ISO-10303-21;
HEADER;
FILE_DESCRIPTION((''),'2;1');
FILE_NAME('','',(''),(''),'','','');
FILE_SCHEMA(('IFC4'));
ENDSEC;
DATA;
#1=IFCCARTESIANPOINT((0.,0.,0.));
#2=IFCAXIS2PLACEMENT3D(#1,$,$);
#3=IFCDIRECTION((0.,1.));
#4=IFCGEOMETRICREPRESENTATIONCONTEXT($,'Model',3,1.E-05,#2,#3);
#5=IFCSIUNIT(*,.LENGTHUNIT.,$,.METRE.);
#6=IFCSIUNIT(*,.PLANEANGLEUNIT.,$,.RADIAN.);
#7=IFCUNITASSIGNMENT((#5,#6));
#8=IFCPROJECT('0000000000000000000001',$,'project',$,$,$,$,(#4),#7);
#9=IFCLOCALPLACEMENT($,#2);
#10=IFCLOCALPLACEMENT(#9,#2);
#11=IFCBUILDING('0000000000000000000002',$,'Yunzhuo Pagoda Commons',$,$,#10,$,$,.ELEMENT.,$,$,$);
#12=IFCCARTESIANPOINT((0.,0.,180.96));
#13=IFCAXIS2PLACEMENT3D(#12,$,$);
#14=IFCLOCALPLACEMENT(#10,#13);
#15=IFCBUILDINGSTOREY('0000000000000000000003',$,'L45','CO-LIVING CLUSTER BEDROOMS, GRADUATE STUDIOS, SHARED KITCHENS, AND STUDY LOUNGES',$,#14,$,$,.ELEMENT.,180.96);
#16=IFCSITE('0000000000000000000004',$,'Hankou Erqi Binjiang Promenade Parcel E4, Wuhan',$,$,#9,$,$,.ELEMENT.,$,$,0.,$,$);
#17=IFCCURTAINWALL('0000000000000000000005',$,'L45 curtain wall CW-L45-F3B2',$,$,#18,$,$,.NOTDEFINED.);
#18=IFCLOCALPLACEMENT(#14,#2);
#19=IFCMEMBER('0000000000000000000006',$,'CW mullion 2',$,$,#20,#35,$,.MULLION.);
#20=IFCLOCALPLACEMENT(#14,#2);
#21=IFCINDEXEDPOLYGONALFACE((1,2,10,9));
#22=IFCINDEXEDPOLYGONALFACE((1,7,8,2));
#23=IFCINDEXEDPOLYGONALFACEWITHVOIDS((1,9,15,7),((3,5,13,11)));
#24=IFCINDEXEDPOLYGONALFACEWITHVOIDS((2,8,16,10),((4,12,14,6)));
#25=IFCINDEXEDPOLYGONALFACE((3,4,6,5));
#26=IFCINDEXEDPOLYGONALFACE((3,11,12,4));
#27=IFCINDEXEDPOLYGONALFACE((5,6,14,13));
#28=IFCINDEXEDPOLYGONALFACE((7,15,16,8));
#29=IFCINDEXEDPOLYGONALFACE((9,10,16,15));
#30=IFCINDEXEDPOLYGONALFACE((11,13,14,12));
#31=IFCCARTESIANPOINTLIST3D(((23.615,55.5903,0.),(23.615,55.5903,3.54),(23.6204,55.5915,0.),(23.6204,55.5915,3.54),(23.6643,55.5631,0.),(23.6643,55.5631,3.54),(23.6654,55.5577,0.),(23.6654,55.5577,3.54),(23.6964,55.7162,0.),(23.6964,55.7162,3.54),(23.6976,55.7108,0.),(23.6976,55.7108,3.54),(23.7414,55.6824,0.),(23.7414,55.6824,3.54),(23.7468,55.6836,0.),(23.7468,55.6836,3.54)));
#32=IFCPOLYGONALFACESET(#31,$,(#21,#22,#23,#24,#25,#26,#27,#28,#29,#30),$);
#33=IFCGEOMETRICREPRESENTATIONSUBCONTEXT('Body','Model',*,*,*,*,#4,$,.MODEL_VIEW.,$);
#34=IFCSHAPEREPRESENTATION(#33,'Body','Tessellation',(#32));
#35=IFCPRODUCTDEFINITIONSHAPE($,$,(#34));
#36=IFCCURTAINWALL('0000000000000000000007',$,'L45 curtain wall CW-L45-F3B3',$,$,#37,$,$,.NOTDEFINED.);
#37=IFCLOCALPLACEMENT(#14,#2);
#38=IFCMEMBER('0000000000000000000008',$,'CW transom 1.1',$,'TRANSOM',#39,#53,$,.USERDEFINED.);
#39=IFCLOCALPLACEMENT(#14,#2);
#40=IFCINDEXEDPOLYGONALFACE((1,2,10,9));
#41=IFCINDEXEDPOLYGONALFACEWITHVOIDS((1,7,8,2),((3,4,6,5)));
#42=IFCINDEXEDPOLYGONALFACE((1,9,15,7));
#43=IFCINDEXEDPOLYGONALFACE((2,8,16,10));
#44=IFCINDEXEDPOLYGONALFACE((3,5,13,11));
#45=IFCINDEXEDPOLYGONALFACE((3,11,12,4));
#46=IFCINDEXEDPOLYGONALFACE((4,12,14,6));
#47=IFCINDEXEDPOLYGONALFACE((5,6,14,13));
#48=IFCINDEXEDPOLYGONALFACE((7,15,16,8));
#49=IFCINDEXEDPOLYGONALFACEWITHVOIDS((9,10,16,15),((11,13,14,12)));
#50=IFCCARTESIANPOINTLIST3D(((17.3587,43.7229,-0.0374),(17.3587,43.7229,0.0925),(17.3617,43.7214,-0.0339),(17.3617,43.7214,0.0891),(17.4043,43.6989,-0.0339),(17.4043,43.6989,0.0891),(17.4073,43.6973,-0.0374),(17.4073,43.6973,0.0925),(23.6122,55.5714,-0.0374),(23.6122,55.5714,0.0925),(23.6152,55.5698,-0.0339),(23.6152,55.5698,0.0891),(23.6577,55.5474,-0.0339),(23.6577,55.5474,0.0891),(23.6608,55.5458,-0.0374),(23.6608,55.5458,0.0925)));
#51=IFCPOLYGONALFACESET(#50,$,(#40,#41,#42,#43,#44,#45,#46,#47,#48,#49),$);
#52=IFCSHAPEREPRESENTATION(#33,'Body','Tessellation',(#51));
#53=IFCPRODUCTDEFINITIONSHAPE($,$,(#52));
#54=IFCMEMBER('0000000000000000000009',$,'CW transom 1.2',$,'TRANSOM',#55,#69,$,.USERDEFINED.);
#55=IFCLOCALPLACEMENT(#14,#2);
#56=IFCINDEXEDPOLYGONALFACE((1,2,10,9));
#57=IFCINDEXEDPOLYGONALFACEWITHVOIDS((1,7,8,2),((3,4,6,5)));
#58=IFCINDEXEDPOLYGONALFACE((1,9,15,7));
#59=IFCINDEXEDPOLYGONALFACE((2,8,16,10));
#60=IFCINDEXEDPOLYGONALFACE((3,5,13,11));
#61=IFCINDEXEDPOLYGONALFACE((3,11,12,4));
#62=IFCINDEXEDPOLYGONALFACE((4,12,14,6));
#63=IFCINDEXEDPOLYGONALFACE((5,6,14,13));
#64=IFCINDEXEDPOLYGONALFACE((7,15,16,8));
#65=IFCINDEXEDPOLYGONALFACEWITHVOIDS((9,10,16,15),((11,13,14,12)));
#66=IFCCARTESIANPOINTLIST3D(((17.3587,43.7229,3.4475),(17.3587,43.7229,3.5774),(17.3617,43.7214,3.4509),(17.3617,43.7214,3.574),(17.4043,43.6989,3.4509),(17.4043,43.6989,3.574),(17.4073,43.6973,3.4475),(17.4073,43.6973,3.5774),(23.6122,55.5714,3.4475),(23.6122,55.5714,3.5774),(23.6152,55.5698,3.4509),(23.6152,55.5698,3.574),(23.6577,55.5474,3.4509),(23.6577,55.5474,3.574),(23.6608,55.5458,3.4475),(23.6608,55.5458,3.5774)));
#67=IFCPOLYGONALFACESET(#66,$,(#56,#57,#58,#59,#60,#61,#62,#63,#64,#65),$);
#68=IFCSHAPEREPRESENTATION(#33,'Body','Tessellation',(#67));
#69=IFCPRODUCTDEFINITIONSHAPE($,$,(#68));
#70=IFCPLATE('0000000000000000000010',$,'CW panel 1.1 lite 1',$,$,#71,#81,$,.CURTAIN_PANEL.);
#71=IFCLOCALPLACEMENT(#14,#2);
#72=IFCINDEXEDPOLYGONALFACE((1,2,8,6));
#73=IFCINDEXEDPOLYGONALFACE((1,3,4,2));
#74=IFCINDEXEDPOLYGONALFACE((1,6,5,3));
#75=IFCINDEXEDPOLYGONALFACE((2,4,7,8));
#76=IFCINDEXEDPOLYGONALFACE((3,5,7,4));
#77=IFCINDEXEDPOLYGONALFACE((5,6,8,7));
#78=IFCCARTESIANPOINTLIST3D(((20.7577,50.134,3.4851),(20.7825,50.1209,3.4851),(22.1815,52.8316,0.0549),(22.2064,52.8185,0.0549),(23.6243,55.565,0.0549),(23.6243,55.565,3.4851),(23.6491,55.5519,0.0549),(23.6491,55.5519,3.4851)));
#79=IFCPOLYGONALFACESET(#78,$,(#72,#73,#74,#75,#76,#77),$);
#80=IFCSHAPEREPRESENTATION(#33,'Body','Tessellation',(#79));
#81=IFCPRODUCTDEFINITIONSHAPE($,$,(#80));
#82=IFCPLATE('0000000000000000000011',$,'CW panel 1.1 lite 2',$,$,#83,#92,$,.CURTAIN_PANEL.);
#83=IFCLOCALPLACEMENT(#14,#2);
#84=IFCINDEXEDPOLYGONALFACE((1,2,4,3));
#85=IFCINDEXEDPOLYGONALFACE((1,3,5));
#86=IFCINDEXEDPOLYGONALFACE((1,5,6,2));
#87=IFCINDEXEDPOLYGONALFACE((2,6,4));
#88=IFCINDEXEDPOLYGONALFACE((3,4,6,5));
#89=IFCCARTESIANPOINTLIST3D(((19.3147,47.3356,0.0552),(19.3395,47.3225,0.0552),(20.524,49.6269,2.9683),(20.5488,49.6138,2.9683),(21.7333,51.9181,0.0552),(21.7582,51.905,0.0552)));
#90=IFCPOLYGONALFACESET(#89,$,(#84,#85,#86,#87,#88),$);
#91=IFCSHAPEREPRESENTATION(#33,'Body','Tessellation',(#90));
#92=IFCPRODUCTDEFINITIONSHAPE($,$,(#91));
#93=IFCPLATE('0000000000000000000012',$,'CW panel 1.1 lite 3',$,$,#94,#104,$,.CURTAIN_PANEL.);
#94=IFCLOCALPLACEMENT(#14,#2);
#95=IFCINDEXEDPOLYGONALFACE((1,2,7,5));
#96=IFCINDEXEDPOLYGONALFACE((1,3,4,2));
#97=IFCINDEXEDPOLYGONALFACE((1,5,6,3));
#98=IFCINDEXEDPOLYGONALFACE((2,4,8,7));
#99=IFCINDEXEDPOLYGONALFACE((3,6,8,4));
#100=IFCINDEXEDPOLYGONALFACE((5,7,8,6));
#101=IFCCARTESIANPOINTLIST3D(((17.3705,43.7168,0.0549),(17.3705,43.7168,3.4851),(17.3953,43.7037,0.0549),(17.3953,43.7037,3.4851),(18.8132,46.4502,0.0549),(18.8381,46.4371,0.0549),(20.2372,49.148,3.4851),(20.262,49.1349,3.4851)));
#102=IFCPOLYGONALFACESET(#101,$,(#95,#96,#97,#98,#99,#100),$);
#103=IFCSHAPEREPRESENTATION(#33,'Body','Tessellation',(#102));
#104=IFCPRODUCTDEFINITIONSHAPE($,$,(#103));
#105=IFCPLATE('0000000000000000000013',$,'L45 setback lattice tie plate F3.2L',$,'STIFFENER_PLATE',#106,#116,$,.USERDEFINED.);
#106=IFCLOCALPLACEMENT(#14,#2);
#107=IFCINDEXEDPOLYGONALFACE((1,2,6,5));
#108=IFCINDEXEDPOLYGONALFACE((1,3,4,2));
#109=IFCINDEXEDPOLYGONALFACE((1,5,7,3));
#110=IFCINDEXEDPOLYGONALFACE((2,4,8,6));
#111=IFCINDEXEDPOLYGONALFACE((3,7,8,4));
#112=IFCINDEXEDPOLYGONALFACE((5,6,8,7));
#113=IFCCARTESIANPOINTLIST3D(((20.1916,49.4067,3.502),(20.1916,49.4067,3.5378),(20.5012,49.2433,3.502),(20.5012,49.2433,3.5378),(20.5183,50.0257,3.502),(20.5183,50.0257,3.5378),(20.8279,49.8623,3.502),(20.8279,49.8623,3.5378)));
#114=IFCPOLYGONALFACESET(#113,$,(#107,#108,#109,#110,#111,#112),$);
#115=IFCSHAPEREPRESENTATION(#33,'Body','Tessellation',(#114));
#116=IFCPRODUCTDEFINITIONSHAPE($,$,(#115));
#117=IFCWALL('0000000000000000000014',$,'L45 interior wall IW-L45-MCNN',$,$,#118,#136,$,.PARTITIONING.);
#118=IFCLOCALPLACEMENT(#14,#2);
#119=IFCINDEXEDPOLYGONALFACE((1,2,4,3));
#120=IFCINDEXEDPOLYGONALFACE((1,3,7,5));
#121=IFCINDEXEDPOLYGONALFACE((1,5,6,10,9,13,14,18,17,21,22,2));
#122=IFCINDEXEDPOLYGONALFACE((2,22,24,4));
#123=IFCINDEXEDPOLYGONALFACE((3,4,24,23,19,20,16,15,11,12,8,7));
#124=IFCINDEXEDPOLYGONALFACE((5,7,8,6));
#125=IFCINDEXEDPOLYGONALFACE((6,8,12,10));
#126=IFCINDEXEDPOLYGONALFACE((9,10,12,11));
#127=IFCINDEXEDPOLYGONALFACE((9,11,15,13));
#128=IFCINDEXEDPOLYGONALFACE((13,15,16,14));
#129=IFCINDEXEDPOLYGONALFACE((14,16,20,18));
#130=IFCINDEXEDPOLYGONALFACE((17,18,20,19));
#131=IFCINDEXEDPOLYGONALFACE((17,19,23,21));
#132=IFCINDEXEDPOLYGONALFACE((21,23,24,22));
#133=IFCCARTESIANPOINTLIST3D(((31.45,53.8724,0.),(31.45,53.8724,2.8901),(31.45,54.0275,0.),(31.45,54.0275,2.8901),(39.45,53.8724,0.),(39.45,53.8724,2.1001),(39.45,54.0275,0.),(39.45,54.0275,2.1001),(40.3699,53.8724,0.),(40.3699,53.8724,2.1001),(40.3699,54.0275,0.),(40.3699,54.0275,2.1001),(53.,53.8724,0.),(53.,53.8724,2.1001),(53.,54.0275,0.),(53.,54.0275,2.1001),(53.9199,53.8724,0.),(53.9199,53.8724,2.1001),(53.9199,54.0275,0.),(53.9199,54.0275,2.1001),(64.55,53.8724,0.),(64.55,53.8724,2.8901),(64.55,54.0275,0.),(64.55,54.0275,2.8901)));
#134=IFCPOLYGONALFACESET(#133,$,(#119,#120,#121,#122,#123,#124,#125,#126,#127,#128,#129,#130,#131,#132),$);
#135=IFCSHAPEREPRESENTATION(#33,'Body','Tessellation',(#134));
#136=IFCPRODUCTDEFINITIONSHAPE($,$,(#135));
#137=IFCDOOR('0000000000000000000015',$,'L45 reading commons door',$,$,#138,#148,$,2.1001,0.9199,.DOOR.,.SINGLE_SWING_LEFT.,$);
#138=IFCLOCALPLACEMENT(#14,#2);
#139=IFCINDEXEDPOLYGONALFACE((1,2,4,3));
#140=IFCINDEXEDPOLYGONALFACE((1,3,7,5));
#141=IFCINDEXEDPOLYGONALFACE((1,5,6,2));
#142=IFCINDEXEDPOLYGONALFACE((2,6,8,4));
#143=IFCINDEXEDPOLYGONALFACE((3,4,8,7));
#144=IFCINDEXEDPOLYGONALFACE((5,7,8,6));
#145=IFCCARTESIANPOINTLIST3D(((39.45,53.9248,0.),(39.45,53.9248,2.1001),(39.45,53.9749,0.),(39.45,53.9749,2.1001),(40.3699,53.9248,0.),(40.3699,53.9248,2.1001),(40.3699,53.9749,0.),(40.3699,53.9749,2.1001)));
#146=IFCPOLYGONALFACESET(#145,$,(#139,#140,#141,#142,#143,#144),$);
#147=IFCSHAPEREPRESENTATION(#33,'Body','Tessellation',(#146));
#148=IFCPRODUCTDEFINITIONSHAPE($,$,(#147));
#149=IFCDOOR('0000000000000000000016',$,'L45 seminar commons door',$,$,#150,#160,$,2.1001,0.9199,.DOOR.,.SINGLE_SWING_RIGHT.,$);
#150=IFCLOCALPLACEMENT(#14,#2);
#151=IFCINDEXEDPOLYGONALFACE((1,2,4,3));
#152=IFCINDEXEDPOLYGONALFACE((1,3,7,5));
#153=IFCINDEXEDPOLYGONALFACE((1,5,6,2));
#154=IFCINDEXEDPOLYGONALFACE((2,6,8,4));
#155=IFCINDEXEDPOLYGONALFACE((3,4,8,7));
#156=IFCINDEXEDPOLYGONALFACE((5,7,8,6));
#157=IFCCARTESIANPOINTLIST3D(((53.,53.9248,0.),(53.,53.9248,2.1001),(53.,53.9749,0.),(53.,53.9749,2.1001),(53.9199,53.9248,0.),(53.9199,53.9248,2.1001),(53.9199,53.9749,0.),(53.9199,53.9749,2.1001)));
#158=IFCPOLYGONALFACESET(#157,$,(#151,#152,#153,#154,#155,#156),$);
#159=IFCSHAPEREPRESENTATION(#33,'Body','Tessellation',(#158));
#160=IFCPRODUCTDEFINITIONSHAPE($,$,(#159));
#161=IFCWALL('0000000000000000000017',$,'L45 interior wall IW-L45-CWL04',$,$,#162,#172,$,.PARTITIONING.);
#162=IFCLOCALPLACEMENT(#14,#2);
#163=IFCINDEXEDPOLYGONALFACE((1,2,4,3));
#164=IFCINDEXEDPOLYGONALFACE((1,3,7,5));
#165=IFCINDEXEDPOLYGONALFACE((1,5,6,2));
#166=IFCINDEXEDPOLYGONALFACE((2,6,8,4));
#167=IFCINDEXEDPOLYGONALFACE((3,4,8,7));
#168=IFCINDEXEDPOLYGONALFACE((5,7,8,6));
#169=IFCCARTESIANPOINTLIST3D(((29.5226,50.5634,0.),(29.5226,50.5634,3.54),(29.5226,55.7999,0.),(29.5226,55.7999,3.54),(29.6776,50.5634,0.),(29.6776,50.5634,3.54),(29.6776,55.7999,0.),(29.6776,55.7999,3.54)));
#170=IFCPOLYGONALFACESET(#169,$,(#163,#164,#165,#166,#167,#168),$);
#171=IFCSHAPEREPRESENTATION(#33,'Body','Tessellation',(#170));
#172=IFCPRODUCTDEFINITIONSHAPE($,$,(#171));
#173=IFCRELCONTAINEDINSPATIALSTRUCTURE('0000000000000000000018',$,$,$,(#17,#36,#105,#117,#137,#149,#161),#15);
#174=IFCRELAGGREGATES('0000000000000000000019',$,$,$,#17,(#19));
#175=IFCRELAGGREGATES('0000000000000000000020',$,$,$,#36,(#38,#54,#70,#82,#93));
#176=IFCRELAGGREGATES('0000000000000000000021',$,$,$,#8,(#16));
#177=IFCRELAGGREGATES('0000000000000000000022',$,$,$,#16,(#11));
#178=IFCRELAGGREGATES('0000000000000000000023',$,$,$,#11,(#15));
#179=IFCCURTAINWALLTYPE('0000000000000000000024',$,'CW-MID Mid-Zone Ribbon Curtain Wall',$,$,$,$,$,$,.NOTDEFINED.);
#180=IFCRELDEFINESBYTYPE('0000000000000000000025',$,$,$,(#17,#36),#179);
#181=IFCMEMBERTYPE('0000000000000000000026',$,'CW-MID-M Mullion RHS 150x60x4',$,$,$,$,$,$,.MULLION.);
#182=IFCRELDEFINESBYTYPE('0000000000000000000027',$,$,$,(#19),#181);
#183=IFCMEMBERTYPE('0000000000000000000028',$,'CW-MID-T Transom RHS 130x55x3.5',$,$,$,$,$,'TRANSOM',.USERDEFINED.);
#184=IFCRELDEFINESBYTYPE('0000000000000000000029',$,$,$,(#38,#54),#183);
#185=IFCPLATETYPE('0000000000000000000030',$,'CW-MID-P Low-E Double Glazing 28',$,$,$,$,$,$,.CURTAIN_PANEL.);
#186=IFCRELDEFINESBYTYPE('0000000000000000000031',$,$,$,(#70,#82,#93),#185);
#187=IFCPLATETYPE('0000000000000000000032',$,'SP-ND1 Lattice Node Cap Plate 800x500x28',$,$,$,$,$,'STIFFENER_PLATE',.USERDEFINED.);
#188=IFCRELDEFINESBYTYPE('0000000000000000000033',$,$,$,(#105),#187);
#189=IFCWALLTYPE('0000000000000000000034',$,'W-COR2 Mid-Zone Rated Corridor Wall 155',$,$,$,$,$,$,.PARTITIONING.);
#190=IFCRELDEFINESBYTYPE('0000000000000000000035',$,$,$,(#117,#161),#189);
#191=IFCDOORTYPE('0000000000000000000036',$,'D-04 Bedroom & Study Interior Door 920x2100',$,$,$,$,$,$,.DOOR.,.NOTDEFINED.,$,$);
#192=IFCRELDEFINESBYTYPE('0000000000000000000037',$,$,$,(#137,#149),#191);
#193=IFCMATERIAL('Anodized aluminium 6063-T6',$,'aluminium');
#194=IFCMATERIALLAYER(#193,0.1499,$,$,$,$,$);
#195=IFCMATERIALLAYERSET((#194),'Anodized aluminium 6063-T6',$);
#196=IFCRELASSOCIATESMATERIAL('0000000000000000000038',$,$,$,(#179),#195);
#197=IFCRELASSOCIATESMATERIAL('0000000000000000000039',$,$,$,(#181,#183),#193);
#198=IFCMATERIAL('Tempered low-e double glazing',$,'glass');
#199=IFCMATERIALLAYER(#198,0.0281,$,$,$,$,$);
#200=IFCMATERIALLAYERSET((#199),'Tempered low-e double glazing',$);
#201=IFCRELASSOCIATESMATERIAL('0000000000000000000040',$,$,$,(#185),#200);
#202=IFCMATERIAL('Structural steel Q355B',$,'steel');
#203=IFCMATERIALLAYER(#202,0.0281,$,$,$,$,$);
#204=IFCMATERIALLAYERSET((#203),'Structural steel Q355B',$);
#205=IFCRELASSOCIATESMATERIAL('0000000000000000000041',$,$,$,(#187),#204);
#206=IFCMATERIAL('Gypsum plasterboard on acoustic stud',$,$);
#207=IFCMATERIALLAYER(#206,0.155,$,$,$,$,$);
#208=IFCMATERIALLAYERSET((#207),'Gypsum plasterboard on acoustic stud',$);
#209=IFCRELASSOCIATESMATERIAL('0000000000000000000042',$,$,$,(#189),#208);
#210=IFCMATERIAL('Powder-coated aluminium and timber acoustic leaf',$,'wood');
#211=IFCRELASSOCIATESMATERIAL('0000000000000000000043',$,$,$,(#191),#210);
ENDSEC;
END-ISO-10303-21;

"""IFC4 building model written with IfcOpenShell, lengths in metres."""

from ifc_helpers import new_model, si_unit, direction, frame, frame_2d, origin, origin_with_axes, origin_2d, place, context, subcontext, project, spatial, polyline, rectangle, hollow_rectangle, outline, extrude, source, transform, mapped, material, layer, layer_set, material_profile, profile_set, type_object, element, fill, aggregate, save


model = new_model("IFC4")

# Units and contexts
model_context = context("Model", 3, precision=1e-05, world=origin(), true_north=direction((0.0, 1.0)))
body_context = subcontext(model_context, "Body", "Model", "MODEL_VIEW")
ifc_project = project(units=[si_unit("LENGTHUNIT", "METRE"), si_unit("PLANEANGLEUNIT", "RADIAN")], contexts=[model_context])

# Site, building, storey
site_placement = place(None, origin())
site = spatial("IfcSite", under=ifc_project, at=site_placement, Name="Hankou Erqi Binjiang Promenade Parcel E4, Wuhan", CompositionType="ELEMENT", RefElevation=0.0)
building_placement = place(site_placement, origin())
building = spatial("IfcBuilding", under=site, at=building_placement, Name="Yunzhuo Pagoda Commons", CompositionType="ELEMENT")
storey_placement = place(building_placement, frame((0.0, 0.0, 180.96)))
storey = spatial("IfcBuildingStorey", under=building, at=storey_placement, Name="L45", Description="CO-LIVING CLUSTER BEDROOMS, GRADUATE STUDIOS, SHARED KITCHENS, AND STUDY LOUNGES", CompositionType="ELEMENT", Elevation=180.96)

# Shared definitions
ifc_material_1 = material(Name="Structural steel Q355B", Category="steel")

# Curtain wall, member
ifc_material_2 = material(Name="Anodized aluminium 6063-T6", Category="aluminium")
ifc_layer_1 = layer(ifc_material_2, 0.1499)
ifc_layer_set_1 = layer_set([ifc_layer_1], Name="Anodized aluminium 6063-T6")
curtain_wall_type = type_object("IfcCurtainWallType", Name="CW-MID Mid-Zone Ribbon Curtain Wall", PredefinedType="NOTDEFINED", material=ifc_layer_set_1)
curtain_wall_1_placement = place(storey_placement, origin())
curtain_wall_1 = element("IfcCurtainWall", 1, at=curtain_wall_1_placement, inside=storey, type_object=curtain_wall_type, Name="L45 curtain wall CW-L45-F3B2", PredefinedType="NOTDEFINED")
ifc_material_profile_1 = material_profile(ifc_material_2, hollow_rectangle(XDim=0.0601, YDim=0.1499, WallThickness=0.0039, at=origin_2d()), Name="Anodized aluminium 6063-T6")
ifc_profile_set_1 = profile_set([ifc_material_profile_1], Name="Anodized aluminium 6063-T6")
member_type_1 = type_object("IfcMemberType", Name="CW-MID-M Mullion RHS 150x60x4", PredefinedType="MULLION", material=ifc_profile_set_1)
shared_shape_1 = source(origin(), body_context, "Body", "SweptSolid", [
    extrude(hollow_rectangle(XDim=0.0601, YDim=0.1499, WallThickness=0.0039, at=origin_2d()), origin(), (0.0, 0.0, 1.0), 3.54),
])
member_1_placement = place(storey_placement, frame((23.6809, 55.637, 0.0), z_axis=(0.0, 0.0, 1.0), x_axis=(0.839627, -0.543164, 0.0)))
member_1 = element("IfcMember", 2, at=member_1_placement, type_object=member_type_1, Name="CW mullion 2", PredefinedType="MULLION", context=body_context, shape_type="MappedRepresentation", body=[
    mapped(shared_shape_1, transform((0.0, 0.0, 0.0), scale=1.0)),
])
aggregate(curtain_wall_1, [member_1])

# Curtain wall, members, plates
curtain_wall_2_placement = place(storey_placement, origin())
curtain_wall_2 = element("IfcCurtainWall", 3, at=curtain_wall_2_placement, inside=storey, type_object=curtain_wall_type, Name="L45 curtain wall CW-L45-F3B3", PredefinedType="NOTDEFINED")
ifc_material_profile_2 = material_profile(ifc_material_2, hollow_rectangle(XDim=0.0549, YDim=0.1299, WallThickness=0.0034, at=origin_2d()), Name="Anodized aluminium 6063-T6")
ifc_profile_set_2 = profile_set([ifc_material_profile_2], Name="Anodized aluminium 6063-T6")
member_type_2 = type_object("IfcMemberType", Name="CW-MID-T Transom RHS 130x55x3.5", ElementType="TRANSOM", PredefinedType="USERDEFINED", material=ifc_profile_set_2)
shared_shape_2 = source(origin(), body_context, "Body", "SweptSolid", [
    extrude(hollow_rectangle(XDim=0.0549, YDim=0.1299, WallThickness=0.0034, at=origin_2d()), origin(), (0.0, 0.0, 1.0), 13.3975),
])
member_2_placement = place(storey_placement, frame((23.6365, 55.5586, 0.0276), z_axis=(-0.466765, -0.884382, 0.0), x_axis=(0.884382, -0.466765, 0.0)))
member_2 = element("IfcMember", 4, at=member_2_placement, type_object=member_type_2, Name="CW transom 1.1", ObjectType="TRANSOM", PredefinedType="USERDEFINED", context=body_context, shape_type="MappedRepresentation", body=[
    mapped(shared_shape_2, transform((0.0, 0.0, 0.0), scale=1.0)),
])
member_3_placement = place(storey_placement, frame((23.6365, 55.5586, 3.5125), z_axis=(-0.466765, -0.884382, 0.0), x_axis=(0.884382, -0.466765, 0.0)))
member_3 = element("IfcMember", 5, at=member_3_placement, type_object=member_type_2, Name="CW transom 1.2", ObjectType="TRANSOM", PredefinedType="USERDEFINED", context=body_context, shape_type="MappedRepresentation", body=[
    mapped(shared_shape_2, transform((0.0, 0.0, 0.0), scale=1.0)),
])
ifc_material_3 = material(Name="Tempered low-e double glazing", Category="glass")
ifc_layer_2 = layer(ifc_material_3, 0.0281)
ifc_layer_set_2 = layer_set([ifc_layer_2], Name="Tempered low-e double glazing")
plate_type_1 = type_object("IfcPlateType", Name="CW-MID-P Low-E Double Glazing 28", PredefinedType="CURTAIN_PANEL", material=ifc_layer_set_2)
plate_1_placement = place(storey_placement, frame((22.2158, 52.8364, 1.77), z_axis=(-0.884373, 0.466781, 0.0), x_axis=(-0.466781, -0.884373, 0.0)))
plate_1 = element("IfcPlate", 6, at=plate_1_placement, type_object=plate_type_1, Name="CW panel 1.1 lite 1", PredefinedType="CURTAIN_PANEL", context=body_context, shape_type="SweptSolid", body=[
    extrude(outline(polyline([(-3.0706, -1.7151), (0.0203, -1.7151), (3.0706, 1.7151), (-3.0706, 1.7151), (-3.0706, -1.7151)])), origin(), (0.0, 0.0, 1.0), 0.0281),
])
plate_2_placement = place(storey_placement, frame((20.5488, 49.6138, 1.5117), z_axis=(-0.884373, 0.466781, 0.0), x_axis=(-0.466781, -0.884373, 0.0)))
plate_2 = element("IfcPlate", 7, at=plate_2_placement, type_object=plate_type_1, Name="CW panel 1.1 lite 2", PredefinedType="CURTAIN_PANEL", context=body_context, shape_type="SweptSolid", body=[
    extrude(outline(polyline([(-2.5908, -1.4565), (2.5908, -1.4565), (0.0, 1.4565), (-2.5908, -1.4565)])), origin(), (0.0, 0.0, 1.0), 0.0281),
])
plate_3_placement = place(storey_placement, frame((18.8286, 46.4192, 1.77), z_axis=(-0.884373, 0.466781, 0.0), x_axis=(-0.466781, -0.884373, 0.0)))
plate_3 = element("IfcPlate", 8, at=plate_3_placement, type_object=plate_type_1, Name="CW panel 1.1 lite 3", PredefinedType="CURTAIN_PANEL", context=body_context, shape_type="SweptSolid", body=[
    extrude(outline(polyline([(-3.0708, 1.7151), (-0.0203, -1.7151), (3.0706, -1.7151), (3.0706, 1.7151), (-3.0708, 1.7151)])), origin(), (0.0, 0.0, 1.0), 0.0281),
])
aggregate(curtain_wall_2, [member_2, member_3, plate_1, plate_2, plate_3])

# Plate
ifc_layer_3 = layer(ifc_material_1, 0.0281)
ifc_layer_set_3 = layer_set([ifc_layer_3], Name="Structural steel Q355B")
plate_type_2 = type_object("IfcPlateType", Name="SP-ND1 Lattice Node Cap Plate 800x500x28", ElementType="STIFFENER_PLATE", PredefinedType="USERDEFINED", material=ifc_layer_set_3)
shared_shape_3 = source(origin(), body_context, "Body", "SweptSolid", [
    extrude(rectangle(XDim=0.7, YDim=0.3501, at=origin_2d()), origin(), (0.0, 0.0, 1.0), 0.0359),
])
plate_4_placement = place(storey_placement, frame((20.5098, 49.6345, 3.502), z_axis=(0.0, 0.0, 1.0), x_axis=(-0.466788, -0.884369, 0.0)))
element("IfcPlate", 9, at=plate_4_placement, inside=storey, type_object=plate_type_2, Name="L45 setback lattice tie plate F3.2L", ObjectType="STIFFENER_PLATE", PredefinedType="USERDEFINED", context=body_context, shape_type="MappedRepresentation", body=[
    mapped(shared_shape_3, transform((0.0, 0.0, 0.0), scale=1.0)),
])

# Wall, openings, doors
ifc_material_4 = material(Name="Gypsum plasterboard on acoustic stud")
ifc_layer_4 = layer(ifc_material_4, 0.155)
ifc_layer_set_4 = layer_set([ifc_layer_4], Name="Gypsum plasterboard on acoustic stud")
wall_type_1 = type_object("IfcWallType", Name="W-COR2 Mid-Zone Rated Corridor Wall 155", PredefinedType="PARTITIONING", material=ifc_layer_set_4)
wall_1_placement = place(storey_placement, frame((31.45, 53.95, 0.0), z_axis=(0.0, 0.0, 1.0), x_axis=(1.0, 0.0, 0.0)))
wall_1 = element("IfcWall", 10, at=wall_1_placement, inside=storey, type_object=wall_type_1, Name="L45 interior wall IW-L45-MCNN", PredefinedType="PARTITIONING", context=body_context, shape_type="SweptSolid", body=[
    extrude(rectangle(XDim=33.1001, YDim=0.155, at=frame_2d((16.55, 0.0))), origin(), (0.0, 0.0, 1.0), 2.8901),
])
opening_1_placement = place(wall_1_placement, frame((8.0, 0.0, 0.0)))
opening_1 = element("IfcOpeningElement", 11, at=opening_1_placement, cuts=wall_1, PredefinedType="OPENING", context=body_context, shape_type="SweptSolid", body=[
    extrude(rectangle(XDim=0.9199, YDim=2.1001, at=frame_2d((0.46, 1.05))), frame((0.0, 0.0874, 0.0), z_axis=(0.0, -1.0, 0.0), x_axis=(1.0, 0.0, 0.0)), (0.0, 0.0, 1.0), 0.175),
])
opening_2_placement = place(wall_1_placement, frame((21.55, 0.0, 0.0)))
opening_2 = element("IfcOpeningElement", 12, at=opening_2_placement, cuts=wall_1, PredefinedType="OPENING", context=body_context, shape_type="SweptSolid", body=[
    extrude(rectangle(XDim=0.9199, YDim=2.1001, at=frame_2d((0.46, 1.05))), frame((0.0, 0.0874, 0.0), z_axis=(0.0, -1.0, 0.0), x_axis=(1.0, 0.0, 0.0)), (0.0, 0.0, 1.0), 0.175),
])
ifc_material_5 = material(Name="Powder-coated aluminium and timber acoustic leaf", Category="wood")
door_type_1 = type_object("IfcDoorType", Name="D-04 Bedroom & Study Interior Door 920x2100", OperationType="NOTDEFINED", PredefinedType="DOOR", material=ifc_material_5)
shared_shape_4 = source(origin(), body_context, "Body", "SweptSolid", [
    extrude(rectangle(XDim=0.9199, YDim=2.1001, at=frame_2d((0.46, 1.05))), frame((0.0, 0.0249, 0.0), z_axis=(0.0, -1.0, 0.0), x_axis=(1.0, 0.0, 0.0)), (0.0, 0.0, 1.0), 0.05),
])
door_1_placement = place(opening_1_placement, origin_with_axes())
door_1 = element("IfcDoor", 13, at=door_1_placement, inside=storey, type_object=door_type_1, Name="L45 reading commons door", OperationType="SINGLE_SWING_LEFT", OverallHeight=2.1001, OverallWidth=0.9199, PredefinedType="DOOR", context=body_context, shape_type="MappedRepresentation", body=[
    mapped(shared_shape_4, transform((0.0, 0.0, 0.0), scale=1.0)),
])
fill(opening_1, door_1)
door_2_placement = place(opening_2_placement, origin_with_axes())
door_2 = element("IfcDoor", 14, at=door_2_placement, inside=storey, type_object=door_type_1, Name="L45 seminar commons door", OperationType="SINGLE_SWING_RIGHT", OverallHeight=2.1001, OverallWidth=0.9199, PredefinedType="DOOR", context=body_context, shape_type="MappedRepresentation", body=[
    mapped(shared_shape_4, transform((0.0, 0.0, 0.0), scale=1.0)),
])
fill(opening_2, door_2)

# Wall
wall_2_placement = place(storey_placement, frame((29.6001, 50.5635, 0.0), z_axis=(0.0, 0.0, 1.0), x_axis=(0.0, 1.0, 0.0)))
element("IfcWall", 15, at=wall_2_placement, inside=storey, type_object=wall_type_1, Name="L45 interior wall IW-L45-CWL04", PredefinedType="PARTITIONING", context=body_context, shape_type="SweptSolid", body=[
    extrude(rectangle(XDim=5.2366, YDim=0.155, at=frame_2d((2.6182, 0.0))), origin(), (0.0, 0.0, 1.0), 3.54),
])

save(model, "model.ifc")
